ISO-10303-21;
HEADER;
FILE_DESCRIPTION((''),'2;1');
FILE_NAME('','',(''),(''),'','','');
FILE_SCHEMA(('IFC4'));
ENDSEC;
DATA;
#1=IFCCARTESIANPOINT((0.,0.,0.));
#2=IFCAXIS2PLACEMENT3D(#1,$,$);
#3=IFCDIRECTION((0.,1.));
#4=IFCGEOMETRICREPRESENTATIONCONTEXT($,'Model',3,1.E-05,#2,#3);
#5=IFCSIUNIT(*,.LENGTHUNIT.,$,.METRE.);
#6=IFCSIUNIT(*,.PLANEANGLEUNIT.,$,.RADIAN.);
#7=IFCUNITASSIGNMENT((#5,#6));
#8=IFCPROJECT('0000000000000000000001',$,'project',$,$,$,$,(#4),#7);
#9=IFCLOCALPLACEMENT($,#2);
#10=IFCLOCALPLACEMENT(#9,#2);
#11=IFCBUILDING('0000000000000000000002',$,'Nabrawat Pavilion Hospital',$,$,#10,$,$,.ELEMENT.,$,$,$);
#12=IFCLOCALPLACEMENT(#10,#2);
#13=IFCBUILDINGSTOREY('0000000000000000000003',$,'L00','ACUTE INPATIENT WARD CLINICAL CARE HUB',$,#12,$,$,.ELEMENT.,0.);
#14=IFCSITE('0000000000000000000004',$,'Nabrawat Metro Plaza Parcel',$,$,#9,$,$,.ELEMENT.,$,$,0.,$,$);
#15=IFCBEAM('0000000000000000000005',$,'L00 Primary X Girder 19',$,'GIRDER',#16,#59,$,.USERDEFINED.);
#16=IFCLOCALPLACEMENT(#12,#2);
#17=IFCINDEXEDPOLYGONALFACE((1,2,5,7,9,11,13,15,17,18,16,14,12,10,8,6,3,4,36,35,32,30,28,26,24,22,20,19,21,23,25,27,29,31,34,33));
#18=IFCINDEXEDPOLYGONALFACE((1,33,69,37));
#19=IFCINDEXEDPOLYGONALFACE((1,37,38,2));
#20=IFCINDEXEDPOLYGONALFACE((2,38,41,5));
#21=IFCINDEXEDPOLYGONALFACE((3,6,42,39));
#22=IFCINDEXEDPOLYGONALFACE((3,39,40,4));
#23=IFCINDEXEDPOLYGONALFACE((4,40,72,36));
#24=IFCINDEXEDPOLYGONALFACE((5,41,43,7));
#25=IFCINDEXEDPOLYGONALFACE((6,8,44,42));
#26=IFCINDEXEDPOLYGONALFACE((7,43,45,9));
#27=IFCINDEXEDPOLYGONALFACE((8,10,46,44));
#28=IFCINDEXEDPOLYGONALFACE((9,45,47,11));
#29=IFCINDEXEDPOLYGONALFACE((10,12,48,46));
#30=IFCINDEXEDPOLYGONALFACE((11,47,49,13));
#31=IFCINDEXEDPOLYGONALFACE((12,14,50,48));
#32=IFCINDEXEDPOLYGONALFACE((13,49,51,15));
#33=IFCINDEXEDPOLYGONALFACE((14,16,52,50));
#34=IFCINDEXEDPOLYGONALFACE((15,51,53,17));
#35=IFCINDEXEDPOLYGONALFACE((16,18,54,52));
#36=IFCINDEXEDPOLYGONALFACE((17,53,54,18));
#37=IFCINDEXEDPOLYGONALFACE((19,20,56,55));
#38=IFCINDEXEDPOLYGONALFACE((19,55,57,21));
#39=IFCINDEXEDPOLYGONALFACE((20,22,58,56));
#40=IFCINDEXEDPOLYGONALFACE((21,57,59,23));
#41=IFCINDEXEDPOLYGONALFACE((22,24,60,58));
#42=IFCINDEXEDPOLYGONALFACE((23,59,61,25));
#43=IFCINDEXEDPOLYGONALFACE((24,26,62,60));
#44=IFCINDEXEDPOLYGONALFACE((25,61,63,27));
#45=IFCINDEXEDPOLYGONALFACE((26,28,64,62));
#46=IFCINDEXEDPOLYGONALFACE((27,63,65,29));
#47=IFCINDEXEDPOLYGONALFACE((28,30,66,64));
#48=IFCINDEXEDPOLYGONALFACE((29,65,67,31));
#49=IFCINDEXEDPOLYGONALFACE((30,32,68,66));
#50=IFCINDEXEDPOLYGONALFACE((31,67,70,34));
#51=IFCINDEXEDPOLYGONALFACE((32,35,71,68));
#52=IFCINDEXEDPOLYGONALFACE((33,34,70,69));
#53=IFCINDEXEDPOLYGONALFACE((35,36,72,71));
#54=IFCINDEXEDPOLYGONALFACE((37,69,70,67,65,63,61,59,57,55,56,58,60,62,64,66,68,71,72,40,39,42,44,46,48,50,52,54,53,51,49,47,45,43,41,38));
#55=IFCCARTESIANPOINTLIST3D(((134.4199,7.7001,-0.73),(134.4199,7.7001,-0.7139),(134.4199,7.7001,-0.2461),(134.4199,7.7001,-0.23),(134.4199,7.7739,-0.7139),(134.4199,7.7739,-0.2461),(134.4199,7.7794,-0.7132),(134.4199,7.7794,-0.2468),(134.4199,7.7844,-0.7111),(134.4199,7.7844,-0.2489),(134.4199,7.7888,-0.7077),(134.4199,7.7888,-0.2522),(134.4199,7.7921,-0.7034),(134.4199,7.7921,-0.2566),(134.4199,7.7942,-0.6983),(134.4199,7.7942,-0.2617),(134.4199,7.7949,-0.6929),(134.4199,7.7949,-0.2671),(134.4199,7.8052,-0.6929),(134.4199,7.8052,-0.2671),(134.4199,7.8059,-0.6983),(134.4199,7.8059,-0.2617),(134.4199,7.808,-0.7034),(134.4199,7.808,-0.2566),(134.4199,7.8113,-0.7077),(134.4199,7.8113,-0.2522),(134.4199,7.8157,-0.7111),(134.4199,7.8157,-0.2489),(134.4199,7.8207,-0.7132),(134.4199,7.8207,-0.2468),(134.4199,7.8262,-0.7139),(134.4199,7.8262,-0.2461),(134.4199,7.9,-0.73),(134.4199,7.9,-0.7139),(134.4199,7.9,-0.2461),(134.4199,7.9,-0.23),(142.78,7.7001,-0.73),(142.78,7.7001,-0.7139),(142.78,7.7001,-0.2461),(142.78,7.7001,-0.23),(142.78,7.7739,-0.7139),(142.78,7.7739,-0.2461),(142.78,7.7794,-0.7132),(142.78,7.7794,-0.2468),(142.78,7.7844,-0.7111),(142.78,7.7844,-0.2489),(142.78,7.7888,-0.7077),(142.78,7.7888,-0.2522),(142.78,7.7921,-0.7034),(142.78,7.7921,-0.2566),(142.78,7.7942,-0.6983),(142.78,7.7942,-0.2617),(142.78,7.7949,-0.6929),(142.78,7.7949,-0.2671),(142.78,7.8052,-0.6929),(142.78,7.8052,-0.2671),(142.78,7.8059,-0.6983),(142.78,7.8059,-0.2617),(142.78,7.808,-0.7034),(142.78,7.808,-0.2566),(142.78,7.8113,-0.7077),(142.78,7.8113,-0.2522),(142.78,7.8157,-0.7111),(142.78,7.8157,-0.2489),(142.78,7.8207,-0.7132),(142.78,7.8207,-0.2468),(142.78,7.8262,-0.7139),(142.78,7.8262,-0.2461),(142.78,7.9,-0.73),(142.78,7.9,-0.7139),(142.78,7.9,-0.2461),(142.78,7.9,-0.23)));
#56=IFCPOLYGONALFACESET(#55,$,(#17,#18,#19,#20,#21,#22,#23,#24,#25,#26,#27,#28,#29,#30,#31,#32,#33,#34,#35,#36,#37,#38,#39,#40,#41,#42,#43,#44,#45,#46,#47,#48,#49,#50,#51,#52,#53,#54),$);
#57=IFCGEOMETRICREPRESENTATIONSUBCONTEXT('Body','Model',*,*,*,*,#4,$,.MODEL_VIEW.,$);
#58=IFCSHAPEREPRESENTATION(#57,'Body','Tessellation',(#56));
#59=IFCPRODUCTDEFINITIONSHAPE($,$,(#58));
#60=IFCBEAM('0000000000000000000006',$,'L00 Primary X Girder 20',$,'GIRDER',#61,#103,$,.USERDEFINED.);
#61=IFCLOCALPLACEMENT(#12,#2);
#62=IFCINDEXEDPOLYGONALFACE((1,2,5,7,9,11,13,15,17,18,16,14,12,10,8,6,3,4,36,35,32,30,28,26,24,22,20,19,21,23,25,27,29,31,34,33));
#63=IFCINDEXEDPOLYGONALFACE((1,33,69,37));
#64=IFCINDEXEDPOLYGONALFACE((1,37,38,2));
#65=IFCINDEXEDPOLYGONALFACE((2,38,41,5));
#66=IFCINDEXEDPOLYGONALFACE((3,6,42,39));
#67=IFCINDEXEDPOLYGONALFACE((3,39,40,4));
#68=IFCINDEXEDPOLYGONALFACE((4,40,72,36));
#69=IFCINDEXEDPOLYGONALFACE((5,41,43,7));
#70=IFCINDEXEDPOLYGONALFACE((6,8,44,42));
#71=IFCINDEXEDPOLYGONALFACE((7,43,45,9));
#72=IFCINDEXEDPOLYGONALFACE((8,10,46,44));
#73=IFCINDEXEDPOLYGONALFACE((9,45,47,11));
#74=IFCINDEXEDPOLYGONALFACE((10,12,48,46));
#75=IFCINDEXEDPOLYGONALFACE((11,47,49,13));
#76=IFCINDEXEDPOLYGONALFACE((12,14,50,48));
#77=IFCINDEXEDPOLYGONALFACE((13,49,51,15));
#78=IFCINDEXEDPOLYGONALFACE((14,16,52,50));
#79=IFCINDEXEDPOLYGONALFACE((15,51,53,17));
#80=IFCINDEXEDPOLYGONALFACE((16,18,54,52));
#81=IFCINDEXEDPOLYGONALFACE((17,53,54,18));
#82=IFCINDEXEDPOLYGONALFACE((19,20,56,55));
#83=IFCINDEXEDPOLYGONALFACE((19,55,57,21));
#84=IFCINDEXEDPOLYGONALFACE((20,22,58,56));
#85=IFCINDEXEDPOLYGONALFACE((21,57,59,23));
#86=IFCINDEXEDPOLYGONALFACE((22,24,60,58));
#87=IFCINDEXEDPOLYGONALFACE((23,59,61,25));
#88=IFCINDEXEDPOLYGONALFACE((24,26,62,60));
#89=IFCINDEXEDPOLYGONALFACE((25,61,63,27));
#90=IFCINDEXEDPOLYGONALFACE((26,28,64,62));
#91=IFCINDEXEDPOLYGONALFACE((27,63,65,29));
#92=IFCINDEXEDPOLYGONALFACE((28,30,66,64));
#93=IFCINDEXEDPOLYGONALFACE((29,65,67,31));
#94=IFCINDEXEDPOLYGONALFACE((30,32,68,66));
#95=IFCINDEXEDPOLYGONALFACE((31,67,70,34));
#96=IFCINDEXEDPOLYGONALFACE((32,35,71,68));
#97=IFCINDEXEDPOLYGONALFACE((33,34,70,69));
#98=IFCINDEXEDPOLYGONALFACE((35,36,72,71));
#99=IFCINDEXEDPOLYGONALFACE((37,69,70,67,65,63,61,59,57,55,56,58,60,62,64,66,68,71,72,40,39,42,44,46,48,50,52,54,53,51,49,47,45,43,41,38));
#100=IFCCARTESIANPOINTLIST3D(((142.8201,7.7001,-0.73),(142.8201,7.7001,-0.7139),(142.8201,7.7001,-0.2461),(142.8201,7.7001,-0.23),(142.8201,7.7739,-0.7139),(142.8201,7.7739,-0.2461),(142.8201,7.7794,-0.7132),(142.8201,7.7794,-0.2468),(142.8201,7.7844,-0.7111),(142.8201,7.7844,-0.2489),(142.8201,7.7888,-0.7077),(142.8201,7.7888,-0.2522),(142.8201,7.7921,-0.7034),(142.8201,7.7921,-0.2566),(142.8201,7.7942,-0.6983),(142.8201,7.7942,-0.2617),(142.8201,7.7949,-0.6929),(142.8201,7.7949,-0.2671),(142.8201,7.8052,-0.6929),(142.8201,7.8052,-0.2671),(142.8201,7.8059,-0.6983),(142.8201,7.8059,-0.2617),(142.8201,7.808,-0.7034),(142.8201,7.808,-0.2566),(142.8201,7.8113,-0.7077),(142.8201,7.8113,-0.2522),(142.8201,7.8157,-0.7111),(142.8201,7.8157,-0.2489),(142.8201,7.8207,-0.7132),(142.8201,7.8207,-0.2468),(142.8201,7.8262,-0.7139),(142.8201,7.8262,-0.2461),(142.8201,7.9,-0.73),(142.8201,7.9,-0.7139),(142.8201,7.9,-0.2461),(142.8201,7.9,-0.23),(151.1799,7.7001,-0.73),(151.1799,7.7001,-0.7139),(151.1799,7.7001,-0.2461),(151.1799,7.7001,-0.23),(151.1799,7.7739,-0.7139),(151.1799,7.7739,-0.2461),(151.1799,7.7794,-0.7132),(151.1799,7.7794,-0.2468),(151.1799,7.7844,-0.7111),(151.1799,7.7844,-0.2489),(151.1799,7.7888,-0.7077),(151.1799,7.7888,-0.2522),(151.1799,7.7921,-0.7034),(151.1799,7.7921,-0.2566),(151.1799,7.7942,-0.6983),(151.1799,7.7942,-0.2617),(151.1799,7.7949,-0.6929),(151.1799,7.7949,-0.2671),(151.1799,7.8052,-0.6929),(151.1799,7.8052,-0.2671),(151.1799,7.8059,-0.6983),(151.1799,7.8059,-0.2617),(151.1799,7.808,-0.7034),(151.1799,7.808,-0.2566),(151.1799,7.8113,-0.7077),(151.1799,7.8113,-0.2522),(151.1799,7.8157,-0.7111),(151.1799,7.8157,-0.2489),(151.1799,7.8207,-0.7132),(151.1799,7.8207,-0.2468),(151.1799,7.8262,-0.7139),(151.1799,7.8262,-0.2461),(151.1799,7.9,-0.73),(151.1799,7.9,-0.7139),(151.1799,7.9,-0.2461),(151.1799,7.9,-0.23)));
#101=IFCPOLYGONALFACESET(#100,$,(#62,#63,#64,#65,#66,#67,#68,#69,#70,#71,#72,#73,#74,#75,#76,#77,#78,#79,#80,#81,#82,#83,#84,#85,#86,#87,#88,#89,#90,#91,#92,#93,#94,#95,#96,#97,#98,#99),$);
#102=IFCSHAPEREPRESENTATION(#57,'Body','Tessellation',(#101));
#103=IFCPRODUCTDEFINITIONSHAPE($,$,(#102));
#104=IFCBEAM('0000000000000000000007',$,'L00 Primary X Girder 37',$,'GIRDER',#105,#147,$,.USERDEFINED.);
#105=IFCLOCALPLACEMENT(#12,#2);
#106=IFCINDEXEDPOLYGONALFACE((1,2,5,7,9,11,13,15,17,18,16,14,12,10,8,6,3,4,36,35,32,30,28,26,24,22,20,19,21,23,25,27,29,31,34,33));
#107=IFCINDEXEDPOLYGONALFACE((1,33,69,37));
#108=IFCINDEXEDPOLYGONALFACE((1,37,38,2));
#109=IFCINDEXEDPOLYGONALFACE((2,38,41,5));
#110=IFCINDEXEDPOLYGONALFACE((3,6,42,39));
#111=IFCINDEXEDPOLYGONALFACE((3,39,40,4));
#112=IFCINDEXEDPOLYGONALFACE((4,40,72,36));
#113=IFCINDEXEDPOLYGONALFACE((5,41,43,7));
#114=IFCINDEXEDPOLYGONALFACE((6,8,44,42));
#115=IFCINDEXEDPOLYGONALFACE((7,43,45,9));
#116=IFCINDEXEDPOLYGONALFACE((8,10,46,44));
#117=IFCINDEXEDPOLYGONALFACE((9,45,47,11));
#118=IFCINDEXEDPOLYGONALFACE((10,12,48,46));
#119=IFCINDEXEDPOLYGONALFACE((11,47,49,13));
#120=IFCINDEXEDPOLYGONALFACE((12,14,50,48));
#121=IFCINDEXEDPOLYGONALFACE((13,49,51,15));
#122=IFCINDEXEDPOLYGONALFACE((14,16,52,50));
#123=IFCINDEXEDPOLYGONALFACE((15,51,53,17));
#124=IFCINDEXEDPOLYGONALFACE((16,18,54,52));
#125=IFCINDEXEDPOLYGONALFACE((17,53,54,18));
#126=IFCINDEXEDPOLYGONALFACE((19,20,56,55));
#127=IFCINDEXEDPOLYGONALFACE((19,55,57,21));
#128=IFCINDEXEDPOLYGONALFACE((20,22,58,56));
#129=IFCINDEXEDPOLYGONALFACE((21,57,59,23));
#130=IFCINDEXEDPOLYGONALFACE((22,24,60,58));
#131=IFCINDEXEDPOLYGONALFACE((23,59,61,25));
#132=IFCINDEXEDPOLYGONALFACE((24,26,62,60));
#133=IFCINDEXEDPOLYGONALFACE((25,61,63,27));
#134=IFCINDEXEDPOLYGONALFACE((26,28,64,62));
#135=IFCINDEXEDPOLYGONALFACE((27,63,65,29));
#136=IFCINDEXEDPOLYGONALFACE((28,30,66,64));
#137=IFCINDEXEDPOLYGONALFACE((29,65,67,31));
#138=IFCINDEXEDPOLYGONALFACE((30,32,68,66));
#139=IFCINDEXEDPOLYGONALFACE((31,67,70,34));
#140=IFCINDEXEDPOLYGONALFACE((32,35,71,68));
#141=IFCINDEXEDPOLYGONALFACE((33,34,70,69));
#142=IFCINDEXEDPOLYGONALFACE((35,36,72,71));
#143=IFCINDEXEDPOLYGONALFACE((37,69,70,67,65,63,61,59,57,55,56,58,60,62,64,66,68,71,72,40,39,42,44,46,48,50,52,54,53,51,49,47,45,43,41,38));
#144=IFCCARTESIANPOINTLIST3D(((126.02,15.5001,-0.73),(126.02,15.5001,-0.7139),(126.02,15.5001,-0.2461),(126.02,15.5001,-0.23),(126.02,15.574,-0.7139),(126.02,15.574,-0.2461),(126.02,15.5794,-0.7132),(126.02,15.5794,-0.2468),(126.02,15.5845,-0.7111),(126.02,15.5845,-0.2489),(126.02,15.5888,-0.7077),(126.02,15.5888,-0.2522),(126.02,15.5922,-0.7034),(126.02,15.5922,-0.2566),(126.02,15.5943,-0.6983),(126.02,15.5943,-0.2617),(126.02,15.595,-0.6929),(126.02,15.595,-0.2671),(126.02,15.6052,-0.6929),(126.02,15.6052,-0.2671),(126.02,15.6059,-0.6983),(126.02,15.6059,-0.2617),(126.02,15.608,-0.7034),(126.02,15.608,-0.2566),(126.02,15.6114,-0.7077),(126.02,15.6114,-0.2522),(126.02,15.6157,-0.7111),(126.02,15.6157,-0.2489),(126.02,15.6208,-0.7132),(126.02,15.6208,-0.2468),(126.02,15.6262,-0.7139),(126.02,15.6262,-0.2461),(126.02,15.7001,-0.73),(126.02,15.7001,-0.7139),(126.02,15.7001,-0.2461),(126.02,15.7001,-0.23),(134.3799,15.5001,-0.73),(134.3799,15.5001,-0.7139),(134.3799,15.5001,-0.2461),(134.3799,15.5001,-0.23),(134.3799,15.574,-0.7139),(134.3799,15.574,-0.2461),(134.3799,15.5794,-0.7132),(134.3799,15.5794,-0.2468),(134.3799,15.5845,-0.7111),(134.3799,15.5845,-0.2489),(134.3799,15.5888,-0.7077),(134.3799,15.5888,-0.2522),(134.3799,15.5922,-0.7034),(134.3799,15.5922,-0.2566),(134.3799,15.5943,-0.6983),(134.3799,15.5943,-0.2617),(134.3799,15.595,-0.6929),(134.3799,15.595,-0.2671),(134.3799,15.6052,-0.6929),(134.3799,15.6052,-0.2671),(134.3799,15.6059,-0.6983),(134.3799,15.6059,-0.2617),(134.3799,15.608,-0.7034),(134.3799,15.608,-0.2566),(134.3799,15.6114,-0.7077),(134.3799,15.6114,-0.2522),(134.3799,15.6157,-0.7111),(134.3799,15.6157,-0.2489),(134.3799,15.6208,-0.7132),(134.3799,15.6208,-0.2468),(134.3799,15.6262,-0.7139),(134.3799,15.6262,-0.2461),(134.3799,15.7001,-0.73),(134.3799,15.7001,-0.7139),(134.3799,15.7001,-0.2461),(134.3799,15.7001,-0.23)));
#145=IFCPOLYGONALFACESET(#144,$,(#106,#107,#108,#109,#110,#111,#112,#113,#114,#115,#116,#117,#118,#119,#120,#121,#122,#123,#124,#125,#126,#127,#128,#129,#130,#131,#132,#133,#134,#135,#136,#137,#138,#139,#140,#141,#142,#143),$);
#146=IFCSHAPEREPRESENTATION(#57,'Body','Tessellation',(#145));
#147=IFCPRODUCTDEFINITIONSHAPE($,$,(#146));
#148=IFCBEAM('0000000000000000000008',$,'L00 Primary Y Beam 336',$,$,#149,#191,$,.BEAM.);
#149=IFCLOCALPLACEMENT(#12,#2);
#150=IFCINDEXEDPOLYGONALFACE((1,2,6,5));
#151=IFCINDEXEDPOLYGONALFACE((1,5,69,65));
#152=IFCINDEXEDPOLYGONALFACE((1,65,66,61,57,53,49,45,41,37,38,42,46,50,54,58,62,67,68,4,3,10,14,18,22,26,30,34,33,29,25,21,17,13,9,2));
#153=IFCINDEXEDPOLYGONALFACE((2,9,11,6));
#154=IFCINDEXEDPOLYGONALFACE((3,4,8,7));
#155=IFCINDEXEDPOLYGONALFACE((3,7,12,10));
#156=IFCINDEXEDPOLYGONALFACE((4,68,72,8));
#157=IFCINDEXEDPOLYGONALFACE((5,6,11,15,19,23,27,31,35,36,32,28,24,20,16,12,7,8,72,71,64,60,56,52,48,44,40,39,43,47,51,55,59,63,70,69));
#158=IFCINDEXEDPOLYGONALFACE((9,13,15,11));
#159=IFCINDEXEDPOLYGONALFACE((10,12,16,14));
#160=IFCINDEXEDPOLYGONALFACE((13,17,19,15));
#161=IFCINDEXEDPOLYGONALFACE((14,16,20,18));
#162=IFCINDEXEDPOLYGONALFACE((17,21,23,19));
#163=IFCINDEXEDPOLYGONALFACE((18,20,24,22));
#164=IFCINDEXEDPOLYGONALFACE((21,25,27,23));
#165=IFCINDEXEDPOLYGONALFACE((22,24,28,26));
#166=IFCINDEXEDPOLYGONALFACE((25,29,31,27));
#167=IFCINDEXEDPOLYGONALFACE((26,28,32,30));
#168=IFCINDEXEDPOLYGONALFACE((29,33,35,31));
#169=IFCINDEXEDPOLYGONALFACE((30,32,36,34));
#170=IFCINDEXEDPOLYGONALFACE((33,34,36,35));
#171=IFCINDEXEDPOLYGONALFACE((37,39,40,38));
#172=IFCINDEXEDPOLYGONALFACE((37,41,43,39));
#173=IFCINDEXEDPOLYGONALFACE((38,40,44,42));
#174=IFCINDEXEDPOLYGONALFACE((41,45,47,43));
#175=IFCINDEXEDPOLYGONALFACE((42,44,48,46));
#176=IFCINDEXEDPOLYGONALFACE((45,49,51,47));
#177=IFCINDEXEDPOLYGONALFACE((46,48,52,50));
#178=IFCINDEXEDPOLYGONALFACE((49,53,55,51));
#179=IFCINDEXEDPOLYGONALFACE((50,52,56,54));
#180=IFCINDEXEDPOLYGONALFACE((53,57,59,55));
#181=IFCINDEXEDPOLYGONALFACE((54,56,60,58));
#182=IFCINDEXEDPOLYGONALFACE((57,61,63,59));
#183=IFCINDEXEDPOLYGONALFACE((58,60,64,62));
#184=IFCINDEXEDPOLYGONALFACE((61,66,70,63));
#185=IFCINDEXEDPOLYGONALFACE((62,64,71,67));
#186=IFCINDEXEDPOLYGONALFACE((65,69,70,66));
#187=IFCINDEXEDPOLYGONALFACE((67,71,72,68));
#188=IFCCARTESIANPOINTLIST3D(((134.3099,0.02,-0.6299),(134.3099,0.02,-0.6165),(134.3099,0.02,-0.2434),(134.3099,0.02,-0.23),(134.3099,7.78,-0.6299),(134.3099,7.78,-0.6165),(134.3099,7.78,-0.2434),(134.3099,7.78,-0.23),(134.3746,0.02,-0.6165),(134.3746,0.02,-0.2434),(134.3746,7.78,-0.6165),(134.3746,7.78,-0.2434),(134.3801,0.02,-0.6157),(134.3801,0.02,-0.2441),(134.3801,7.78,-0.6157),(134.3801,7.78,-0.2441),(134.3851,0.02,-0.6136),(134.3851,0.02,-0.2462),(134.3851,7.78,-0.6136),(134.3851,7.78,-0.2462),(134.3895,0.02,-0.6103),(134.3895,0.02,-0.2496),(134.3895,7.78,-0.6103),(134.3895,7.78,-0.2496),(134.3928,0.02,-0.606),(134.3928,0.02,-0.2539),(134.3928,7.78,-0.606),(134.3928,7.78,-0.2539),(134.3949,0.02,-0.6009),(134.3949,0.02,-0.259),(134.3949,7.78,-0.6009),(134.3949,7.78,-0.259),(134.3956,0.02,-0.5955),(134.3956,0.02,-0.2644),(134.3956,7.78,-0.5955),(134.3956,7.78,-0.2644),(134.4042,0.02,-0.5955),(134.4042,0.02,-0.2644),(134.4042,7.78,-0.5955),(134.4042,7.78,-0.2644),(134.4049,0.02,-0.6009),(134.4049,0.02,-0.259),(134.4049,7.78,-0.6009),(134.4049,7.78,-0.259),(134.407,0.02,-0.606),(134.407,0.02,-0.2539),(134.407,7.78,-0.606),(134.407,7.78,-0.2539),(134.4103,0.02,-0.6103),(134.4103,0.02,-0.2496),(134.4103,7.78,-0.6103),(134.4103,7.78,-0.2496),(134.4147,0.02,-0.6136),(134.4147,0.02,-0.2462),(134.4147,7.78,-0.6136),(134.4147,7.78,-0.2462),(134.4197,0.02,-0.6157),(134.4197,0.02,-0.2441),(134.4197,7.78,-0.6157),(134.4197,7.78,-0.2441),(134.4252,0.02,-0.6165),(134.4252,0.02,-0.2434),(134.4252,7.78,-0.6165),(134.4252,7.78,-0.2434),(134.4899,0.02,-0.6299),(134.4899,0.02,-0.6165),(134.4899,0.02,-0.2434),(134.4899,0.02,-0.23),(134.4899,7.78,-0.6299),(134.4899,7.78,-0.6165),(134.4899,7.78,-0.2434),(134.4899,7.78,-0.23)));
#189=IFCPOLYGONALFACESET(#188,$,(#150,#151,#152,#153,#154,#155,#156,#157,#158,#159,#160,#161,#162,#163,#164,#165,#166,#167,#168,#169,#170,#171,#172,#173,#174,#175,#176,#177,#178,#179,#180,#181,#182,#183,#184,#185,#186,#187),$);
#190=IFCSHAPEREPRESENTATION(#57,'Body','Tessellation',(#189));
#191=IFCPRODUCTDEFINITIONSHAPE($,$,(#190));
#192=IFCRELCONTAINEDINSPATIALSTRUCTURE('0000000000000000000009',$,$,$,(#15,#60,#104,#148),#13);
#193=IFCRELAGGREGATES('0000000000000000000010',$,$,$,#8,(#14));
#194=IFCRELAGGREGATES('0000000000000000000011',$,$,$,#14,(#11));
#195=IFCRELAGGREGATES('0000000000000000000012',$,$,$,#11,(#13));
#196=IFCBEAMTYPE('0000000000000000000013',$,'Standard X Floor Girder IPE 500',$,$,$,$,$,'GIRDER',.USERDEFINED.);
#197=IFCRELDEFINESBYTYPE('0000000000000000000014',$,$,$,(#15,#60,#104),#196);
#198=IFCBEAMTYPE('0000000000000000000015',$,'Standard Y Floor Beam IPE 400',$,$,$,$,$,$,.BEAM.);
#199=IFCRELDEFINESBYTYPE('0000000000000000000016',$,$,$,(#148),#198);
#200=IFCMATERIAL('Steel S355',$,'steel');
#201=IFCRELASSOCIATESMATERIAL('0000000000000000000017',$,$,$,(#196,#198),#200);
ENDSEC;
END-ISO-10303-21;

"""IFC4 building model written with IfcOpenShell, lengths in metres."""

from ifc_helpers import new_model, si_unit, direction, frame, origin, origin_2d, place, context, subcontext, project, spatial, i_section, extrude, material, material_profile, profile_set, type_object, element, save


model = new_model("IFC4")

# Units and contexts
model_context = context("Model", 3, precision=1e-05, world=origin(), true_north=direction((0.0, 1.0)))
body_context = subcontext(model_context, "Body", "Model", "MODEL_VIEW")
ifc_project = project(units=[si_unit("LENGTHUNIT", "METRE"), si_unit("PLANEANGLEUNIT", "RADIAN")], contexts=[model_context])

# Site, building, storey
site_placement = place(None, origin())
site = spatial("IfcSite", under=ifc_project, at=site_placement, Name="Nabrawat Metro Plaza Parcel", CompositionType="ELEMENT", RefElevation=0.0)
building_placement = place(site_placement, origin())
building = spatial("IfcBuilding", under=site, at=building_placement, Name="Nabrawat Pavilion Hospital", CompositionType="ELEMENT")
storey_placement = place(building_placement, origin())
storey = spatial("IfcBuildingStorey", under=building, at=storey_placement, Name="L00", Description="ACUTE INPATIENT WARD CLINICAL CARE HUB", CompositionType="ELEMENT", Elevation=0.0)

# Beams
ifc_material_1 = material(Name="Steel S355", Category="steel")
ifc_material_profile_1 = material_profile(ifc_material_1, i_section(OverallWidth=0.2, OverallDepth=0.5, WebThickness=0.0103, FlangeThickness=0.0161, FilletRadius=0.021, at=origin_2d()), Name="IPE 500")
ifc_profile_set_1 = profile_set([ifc_material_profile_1], Name="Steel S355")
beam_type_1 = type_object("IfcBeamType", Name="Standard X Floor Girder IPE 500", ElementType="GIRDER", PredefinedType="USERDEFINED", material=ifc_profile_set_1)
beam_1_placement = place(storey_placement, frame((134.4199, 7.8, -0.48), z_axis=(1.0, 0.0, 0.0), x_axis=(0.0, 1.0, 0.0)))
element("IfcBeam", 1, at=beam_1_placement, inside=storey, type_object=beam_type_1, Name="L00 Primary X Girder 19", ObjectType="GIRDER", PredefinedType="USERDEFINED", context=body_context, shape_type="SweptSolid", body=[
    extrude(i_section(OverallWidth=0.2, OverallDepth=0.5, WebThickness=0.0103, FlangeThickness=0.0161, FilletRadius=0.021, at=origin_2d()), origin(), (0.0, 0.0, 1.0), 8.3601),
])
for number, where, z_axis, x_axis, name in (
    (2, (142.8201, 7.8, -0.48), (1.0, 0.0, 0.0), (0.0, 1.0, 0.0), "L00 Primary X Girder 20"),
    (3, (126.02, 15.6001, -0.48), (1.0, 0.0, 0.0), (0.0, 1.0, 0.0), "L00 Primary X Girder 37"),
):
    element("IfcBeam", number, at=place(storey_placement, frame(where, z_axis=z_axis, x_axis=x_axis)), inside=storey, type_object=beam_type_1, Name=name, ObjectType="GIRDER", PredefinedType="USERDEFINED", context=body_context, shape_type="SweptSolid", body=[
        extrude(i_section(OverallWidth=0.2, OverallDepth=0.5, WebThickness=0.0103, FlangeThickness=0.0161, FilletRadius=0.021, at=origin_2d()), origin(), (0.0, 0.0, 1.0), 8.3599),
    ])
ifc_material_profile_2 = material_profile(ifc_material_1, i_section(OverallWidth=0.1799, OverallDepth=0.3999, WebThickness=0.0085, FlangeThickness=0.0134, FilletRadius=0.021, at=origin_2d()), Name="IPE 400")
ifc_profile_set_2 = profile_set([ifc_material_profile_2], Name="Steel S355")
beam_type_2 = type_object("IfcBeamType", Name="Standard Y Floor Beam IPE 400", PredefinedType="BEAM", material=ifc_profile_set_2)
for number, where, z_axis, x_axis, name in (
    (4, (134.3999, 0.02, -0.4299), (0.0, 1.0, 0.0), (-1.0, 0.0, 0.0), "L00 Primary Y Beam 336"),
):
    element("IfcBeam", number, at=place(storey_placement, frame(where, z_axis=z_axis, x_axis=x_axis)), inside=storey, type_object=beam_type_2, Name=name, PredefinedType="BEAM", context=body_context, shape_type="SweptSolid", body=[
        extrude(i_section(OverallWidth=0.1799, OverallDepth=0.3999, WebThickness=0.0085, FlangeThickness=0.0134, FilletRadius=0.021, at=origin_2d()), origin(), (0.0, 0.0, 1.0), 7.76),
    ])

save(model, "model.ifc")
